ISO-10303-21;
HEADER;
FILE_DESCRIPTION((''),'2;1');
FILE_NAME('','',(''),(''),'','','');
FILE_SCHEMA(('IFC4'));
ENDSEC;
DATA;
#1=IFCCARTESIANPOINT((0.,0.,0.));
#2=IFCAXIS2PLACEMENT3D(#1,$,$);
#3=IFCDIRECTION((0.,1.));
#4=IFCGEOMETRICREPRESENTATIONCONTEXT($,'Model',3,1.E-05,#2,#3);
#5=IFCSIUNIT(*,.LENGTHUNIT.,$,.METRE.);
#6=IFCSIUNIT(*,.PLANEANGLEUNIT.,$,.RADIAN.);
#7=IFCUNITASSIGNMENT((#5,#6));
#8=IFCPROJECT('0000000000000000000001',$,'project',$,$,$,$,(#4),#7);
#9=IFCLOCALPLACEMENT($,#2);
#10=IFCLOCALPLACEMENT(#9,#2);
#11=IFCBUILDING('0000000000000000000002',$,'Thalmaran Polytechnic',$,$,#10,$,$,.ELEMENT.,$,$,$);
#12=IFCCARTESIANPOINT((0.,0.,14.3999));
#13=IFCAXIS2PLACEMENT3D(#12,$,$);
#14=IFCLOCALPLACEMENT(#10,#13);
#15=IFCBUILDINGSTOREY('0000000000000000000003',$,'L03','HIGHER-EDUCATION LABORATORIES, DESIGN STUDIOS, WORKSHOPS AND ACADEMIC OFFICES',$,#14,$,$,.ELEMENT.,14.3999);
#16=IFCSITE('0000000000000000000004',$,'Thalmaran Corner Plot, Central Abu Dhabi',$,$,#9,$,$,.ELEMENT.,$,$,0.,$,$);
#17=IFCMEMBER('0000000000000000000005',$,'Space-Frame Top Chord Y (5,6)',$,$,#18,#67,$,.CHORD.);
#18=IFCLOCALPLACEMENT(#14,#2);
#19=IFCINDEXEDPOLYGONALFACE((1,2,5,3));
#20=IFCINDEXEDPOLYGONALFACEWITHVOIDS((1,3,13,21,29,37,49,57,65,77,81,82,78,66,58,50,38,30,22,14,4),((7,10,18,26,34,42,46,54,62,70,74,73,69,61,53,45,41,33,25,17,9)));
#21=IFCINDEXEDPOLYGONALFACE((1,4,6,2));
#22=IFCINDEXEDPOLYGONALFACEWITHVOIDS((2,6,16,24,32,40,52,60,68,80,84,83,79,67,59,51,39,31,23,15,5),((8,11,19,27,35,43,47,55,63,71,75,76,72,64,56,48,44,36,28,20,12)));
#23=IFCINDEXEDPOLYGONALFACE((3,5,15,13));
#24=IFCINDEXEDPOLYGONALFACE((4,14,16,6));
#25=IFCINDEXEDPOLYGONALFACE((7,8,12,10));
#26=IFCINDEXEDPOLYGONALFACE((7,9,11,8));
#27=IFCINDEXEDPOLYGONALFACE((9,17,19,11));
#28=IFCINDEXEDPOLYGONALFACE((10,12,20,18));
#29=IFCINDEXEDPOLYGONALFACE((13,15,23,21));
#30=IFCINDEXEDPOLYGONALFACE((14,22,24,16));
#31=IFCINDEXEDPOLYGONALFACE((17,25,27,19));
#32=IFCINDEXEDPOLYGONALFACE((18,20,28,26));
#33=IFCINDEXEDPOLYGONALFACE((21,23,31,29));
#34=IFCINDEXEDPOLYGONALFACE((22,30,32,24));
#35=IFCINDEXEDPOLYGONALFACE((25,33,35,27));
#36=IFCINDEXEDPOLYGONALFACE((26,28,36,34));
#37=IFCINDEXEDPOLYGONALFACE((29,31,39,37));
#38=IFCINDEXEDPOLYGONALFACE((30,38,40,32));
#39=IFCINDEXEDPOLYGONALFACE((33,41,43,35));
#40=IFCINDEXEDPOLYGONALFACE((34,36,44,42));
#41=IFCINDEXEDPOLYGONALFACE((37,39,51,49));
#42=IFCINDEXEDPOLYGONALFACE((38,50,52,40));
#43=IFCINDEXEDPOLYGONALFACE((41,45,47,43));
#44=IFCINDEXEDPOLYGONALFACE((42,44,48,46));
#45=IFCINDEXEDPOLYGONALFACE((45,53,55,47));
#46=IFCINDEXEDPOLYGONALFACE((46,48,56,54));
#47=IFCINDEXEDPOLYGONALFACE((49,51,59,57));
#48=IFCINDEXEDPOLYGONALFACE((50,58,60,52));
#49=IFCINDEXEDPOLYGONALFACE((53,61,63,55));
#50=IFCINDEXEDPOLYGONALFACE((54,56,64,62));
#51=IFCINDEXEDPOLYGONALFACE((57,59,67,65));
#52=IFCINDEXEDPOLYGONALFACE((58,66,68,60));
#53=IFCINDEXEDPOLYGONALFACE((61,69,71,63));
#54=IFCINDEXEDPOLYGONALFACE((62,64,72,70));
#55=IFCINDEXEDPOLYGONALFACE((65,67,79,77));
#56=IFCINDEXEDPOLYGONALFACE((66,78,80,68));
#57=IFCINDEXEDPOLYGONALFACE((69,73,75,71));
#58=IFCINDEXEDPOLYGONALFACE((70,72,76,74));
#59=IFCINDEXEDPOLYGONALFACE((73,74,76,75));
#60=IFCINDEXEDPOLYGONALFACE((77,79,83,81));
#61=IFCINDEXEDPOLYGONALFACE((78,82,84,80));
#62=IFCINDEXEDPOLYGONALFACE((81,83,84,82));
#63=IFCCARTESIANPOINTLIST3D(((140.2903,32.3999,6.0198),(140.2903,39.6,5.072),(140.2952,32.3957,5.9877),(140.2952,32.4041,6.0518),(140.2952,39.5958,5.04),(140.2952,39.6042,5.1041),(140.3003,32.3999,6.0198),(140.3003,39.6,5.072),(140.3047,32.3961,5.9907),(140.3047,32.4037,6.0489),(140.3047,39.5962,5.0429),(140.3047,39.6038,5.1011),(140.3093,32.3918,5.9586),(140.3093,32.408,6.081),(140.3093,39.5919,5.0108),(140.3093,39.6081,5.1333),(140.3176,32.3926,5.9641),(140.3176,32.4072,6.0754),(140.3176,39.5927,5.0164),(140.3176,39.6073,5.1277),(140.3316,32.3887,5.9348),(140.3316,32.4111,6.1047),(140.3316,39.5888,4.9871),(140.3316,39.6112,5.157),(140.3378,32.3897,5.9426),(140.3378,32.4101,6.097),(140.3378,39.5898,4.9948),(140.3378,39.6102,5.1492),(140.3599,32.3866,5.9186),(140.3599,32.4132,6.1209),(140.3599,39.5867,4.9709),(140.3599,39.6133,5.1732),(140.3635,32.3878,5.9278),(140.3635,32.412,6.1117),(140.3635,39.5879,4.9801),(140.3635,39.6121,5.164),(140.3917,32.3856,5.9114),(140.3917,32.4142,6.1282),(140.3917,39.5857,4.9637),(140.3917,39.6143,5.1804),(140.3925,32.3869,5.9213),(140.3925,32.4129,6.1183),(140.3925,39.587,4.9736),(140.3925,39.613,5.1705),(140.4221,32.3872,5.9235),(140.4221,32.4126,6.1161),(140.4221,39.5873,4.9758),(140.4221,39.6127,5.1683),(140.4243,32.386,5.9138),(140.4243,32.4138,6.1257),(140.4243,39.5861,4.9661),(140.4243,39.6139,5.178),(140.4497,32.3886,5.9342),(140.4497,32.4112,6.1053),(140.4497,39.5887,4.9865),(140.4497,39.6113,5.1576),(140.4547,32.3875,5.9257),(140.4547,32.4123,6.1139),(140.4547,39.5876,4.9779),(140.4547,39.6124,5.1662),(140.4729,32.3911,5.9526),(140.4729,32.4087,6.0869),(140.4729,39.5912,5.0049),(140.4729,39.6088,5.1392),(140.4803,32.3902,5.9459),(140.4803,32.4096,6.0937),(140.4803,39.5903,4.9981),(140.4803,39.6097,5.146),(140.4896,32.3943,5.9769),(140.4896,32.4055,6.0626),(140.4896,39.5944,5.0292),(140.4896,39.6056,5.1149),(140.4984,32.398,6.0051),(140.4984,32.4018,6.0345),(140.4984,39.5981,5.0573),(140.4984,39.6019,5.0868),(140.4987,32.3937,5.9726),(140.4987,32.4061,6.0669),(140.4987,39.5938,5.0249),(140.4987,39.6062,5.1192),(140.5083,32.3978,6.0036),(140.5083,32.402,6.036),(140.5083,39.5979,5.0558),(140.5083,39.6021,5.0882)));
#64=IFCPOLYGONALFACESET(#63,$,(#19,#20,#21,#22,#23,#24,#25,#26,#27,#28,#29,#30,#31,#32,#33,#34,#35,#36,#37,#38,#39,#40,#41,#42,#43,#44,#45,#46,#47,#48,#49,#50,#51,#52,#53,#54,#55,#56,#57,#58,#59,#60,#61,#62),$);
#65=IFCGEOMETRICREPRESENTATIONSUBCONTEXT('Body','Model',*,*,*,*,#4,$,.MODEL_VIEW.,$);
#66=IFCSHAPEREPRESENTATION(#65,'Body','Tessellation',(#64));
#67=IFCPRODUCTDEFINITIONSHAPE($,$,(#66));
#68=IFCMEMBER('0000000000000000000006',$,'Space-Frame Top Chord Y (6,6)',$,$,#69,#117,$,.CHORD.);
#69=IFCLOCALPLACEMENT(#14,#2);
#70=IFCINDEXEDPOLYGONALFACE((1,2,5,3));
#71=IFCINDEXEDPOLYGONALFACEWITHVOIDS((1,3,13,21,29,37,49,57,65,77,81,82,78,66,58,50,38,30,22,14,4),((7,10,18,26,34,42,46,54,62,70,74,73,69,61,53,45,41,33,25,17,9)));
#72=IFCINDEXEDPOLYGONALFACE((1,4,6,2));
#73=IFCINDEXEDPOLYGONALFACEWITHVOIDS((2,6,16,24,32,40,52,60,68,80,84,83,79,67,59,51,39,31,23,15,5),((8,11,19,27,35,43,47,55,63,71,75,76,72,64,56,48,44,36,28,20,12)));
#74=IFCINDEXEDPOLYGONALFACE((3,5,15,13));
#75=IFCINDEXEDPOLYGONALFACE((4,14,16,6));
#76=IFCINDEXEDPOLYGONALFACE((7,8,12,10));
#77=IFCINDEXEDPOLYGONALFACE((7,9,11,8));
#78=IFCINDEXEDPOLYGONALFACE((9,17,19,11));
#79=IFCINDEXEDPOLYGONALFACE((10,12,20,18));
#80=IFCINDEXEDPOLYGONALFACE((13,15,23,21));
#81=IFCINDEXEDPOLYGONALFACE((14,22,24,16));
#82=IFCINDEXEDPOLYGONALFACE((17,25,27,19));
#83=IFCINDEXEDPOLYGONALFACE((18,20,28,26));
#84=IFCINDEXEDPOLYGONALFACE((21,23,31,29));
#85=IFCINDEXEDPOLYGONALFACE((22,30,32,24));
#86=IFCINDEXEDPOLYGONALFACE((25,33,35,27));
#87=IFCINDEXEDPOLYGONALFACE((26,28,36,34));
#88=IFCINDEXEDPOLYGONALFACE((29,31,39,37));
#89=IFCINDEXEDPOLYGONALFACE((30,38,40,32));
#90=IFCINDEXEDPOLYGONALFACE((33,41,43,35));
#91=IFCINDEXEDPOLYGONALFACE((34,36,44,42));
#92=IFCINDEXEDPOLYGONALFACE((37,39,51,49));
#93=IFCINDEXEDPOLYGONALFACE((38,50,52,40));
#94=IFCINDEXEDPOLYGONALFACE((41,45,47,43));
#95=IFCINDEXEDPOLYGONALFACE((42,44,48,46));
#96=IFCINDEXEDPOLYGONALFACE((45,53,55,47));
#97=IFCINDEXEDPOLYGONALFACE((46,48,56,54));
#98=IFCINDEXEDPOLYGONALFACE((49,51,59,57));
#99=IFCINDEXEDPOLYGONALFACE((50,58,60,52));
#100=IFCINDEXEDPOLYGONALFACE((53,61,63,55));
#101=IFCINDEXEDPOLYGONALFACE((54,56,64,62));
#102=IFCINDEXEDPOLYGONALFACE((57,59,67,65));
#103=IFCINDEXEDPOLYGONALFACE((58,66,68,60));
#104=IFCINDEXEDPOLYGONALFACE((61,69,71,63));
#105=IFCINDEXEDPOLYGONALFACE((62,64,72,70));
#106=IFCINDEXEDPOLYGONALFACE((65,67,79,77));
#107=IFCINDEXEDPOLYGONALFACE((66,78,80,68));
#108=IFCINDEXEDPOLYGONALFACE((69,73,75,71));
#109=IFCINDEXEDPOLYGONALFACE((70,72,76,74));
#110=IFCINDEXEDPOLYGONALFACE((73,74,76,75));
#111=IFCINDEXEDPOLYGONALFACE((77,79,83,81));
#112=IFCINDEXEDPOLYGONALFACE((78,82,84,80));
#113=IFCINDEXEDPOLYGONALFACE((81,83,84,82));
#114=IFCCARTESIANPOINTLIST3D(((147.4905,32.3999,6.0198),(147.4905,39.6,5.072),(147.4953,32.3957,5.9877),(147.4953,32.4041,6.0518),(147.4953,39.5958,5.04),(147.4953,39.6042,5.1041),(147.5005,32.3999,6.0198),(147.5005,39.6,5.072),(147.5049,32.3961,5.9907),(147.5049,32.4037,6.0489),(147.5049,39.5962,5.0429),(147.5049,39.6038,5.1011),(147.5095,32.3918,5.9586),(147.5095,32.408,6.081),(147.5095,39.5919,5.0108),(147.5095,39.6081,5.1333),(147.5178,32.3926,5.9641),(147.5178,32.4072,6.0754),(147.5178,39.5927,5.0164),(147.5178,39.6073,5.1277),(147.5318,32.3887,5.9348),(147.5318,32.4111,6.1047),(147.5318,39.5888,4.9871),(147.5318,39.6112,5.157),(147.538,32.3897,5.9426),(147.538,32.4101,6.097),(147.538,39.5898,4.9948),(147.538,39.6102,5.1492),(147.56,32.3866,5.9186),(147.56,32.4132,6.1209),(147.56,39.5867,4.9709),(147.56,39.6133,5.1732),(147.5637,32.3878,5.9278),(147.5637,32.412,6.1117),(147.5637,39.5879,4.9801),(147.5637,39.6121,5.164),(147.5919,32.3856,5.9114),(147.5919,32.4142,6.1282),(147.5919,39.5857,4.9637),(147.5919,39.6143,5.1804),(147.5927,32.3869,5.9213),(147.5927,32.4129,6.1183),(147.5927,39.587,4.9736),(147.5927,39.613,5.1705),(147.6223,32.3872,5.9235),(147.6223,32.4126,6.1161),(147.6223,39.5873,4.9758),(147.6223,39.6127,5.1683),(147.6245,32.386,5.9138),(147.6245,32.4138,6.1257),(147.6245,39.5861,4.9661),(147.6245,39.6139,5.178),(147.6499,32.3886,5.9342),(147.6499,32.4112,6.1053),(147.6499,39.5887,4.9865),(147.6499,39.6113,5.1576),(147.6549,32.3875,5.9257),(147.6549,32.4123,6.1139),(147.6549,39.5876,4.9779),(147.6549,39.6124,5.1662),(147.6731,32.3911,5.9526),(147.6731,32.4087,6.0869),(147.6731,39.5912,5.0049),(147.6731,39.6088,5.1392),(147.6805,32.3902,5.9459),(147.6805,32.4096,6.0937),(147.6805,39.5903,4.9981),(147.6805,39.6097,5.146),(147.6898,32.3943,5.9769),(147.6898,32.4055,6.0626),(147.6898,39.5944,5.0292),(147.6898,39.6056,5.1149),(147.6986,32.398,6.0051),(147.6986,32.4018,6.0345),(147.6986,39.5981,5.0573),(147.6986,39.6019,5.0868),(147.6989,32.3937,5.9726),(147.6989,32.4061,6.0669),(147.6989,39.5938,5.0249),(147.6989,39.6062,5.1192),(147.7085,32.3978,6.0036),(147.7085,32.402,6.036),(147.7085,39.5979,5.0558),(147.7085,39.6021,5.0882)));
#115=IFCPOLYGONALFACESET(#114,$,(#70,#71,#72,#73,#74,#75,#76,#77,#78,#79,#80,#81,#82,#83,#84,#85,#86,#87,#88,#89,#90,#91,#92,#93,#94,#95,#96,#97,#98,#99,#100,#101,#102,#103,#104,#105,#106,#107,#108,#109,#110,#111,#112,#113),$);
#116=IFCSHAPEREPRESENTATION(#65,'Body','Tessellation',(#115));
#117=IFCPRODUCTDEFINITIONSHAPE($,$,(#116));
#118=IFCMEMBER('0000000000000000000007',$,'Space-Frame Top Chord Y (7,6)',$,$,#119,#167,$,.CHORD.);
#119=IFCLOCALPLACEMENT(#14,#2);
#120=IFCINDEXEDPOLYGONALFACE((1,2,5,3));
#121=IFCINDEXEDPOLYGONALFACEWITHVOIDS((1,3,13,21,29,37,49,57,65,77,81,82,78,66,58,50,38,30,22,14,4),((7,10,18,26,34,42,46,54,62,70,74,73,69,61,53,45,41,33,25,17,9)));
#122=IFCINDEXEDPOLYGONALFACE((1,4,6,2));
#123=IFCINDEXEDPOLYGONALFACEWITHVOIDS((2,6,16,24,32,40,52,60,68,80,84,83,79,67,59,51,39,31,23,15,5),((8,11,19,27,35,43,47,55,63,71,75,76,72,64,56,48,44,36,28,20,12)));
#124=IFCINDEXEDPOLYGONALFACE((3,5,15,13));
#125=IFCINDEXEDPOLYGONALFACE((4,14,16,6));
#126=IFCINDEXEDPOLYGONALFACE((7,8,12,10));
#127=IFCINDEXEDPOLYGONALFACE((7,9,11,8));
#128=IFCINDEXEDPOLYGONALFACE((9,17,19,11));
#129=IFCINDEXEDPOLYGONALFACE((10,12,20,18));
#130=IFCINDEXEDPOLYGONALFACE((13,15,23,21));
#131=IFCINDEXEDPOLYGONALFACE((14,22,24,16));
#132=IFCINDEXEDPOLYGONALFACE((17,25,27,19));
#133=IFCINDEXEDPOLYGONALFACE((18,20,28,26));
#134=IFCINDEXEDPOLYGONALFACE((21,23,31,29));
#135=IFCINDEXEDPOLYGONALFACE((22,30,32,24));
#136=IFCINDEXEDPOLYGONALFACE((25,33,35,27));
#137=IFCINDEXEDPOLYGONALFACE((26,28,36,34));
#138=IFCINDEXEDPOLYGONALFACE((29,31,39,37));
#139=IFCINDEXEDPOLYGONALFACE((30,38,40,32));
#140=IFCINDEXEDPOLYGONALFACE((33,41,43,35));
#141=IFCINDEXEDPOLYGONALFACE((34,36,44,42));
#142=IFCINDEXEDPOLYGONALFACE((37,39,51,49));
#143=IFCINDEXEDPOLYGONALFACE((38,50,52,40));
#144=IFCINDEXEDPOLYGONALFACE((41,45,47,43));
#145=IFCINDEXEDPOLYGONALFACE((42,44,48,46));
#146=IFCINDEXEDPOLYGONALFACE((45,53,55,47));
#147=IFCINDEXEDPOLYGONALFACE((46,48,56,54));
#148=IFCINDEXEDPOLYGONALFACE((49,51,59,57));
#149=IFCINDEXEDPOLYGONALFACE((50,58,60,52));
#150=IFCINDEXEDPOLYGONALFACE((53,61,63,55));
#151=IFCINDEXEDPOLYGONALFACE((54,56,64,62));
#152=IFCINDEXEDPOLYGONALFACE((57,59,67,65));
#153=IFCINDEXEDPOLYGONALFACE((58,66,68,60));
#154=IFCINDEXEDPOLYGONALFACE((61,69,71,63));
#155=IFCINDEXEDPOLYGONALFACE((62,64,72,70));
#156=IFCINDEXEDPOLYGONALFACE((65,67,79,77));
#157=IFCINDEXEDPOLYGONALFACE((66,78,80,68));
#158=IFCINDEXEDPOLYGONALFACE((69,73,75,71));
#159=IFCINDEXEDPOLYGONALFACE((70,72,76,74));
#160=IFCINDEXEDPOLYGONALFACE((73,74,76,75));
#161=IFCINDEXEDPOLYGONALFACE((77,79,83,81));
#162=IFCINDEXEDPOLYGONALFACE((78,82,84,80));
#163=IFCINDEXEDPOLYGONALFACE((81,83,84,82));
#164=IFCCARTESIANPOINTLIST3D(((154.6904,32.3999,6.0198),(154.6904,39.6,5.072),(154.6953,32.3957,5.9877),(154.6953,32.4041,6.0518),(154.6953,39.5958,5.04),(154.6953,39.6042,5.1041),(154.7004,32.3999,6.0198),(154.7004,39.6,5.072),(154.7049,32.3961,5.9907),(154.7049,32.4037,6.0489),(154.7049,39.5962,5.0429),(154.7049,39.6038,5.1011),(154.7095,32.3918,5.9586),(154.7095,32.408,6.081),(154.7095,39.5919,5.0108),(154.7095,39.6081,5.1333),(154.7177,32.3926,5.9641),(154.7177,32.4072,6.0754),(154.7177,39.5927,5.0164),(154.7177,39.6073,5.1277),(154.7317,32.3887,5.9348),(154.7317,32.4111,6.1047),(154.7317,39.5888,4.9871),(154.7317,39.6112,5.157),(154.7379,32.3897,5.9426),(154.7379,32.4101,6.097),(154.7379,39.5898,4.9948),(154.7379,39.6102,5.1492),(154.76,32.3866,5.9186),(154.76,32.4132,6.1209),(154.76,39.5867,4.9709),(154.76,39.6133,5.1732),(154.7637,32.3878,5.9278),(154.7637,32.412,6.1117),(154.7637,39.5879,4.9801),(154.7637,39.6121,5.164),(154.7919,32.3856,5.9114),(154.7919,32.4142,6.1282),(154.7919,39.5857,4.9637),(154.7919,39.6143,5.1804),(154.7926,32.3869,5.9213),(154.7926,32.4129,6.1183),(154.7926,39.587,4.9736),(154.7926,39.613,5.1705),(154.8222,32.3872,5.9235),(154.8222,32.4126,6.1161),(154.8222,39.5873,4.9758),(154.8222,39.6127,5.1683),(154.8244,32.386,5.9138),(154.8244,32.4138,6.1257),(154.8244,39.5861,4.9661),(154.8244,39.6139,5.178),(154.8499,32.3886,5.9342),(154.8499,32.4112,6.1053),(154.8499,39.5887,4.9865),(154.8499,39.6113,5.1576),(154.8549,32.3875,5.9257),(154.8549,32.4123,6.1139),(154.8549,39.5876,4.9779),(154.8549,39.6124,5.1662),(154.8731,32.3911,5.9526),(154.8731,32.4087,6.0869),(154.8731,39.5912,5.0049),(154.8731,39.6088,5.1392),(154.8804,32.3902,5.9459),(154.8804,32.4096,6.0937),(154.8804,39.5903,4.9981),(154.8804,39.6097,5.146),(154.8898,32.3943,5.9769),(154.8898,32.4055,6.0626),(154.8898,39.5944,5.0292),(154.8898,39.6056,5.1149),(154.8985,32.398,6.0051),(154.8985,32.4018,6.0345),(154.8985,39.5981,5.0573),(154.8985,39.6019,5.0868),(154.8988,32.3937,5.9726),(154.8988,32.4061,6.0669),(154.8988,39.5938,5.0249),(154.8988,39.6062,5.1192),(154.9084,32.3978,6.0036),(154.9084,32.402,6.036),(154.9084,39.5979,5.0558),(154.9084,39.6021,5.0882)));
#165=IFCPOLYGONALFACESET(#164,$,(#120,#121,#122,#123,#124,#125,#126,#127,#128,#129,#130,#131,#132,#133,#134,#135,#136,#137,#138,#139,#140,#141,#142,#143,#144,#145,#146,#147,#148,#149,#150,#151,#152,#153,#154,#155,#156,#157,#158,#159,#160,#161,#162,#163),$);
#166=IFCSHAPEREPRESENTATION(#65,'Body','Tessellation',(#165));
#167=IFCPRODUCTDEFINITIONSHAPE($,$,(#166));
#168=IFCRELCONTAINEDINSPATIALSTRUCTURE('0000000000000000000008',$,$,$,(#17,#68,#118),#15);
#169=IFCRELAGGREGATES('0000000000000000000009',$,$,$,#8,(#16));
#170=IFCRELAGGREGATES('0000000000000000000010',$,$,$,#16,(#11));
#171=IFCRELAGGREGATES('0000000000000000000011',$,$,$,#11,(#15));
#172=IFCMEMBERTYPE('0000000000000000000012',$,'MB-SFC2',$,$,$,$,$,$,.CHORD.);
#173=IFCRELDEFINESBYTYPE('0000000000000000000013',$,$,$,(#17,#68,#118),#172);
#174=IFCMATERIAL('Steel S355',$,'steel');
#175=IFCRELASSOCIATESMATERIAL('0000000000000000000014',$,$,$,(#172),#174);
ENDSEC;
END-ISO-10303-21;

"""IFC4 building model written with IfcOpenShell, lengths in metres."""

from ifc_helpers import new_model, si_unit, direction, frame, origin, origin_2d, place, context, subcontext, project, spatial, hollow_circle, extrude, material, material_profile, profile_set, type_object, element, save


model = new_model("IFC4")

# Units and contexts
model_context = context("Model", 3, precision=1e-05, world=origin(), true_north=direction((0.0, 1.0)))
body_context = subcontext(model_context, "Body", "Model", "MODEL_VIEW")
ifc_project = project(units=[si_unit("LENGTHUNIT", "METRE"), si_unit("PLANEANGLEUNIT", "RADIAN")], contexts=[model_context])

# Site, building, storey
site_placement = place(None, origin())
site = spatial("IfcSite", under=ifc_project, at=site_placement, Name="Thalmaran Corner Plot, Central Abu Dhabi", CompositionType="ELEMENT", RefElevation=0.0)
building_placement = place(site_placement, origin())
building = spatial("IfcBuilding", under=site, at=building_placement, Name="Thalmaran Polytechnic", CompositionType="ELEMENT")
storey_placement = place(building_placement, frame((0.0, 0.0, 14.3999)))
storey = spatial("IfcBuildingStorey", under=building, at=storey_placement, Name="L03", Description="HIGHER-EDUCATION LABORATORIES, DESIGN STUDIOS, WORKSHOPS AND ACADEMIC OFFICES", CompositionType="ELEMENT", Elevation=14.3999)

# Members
ifc_material = material(Name="Steel S355", Category="steel")
ifc_material_profile_1 = material_profile(ifc_material, hollow_circle(Radius=0.1096, WallThickness=0.01, at=origin_2d()), Name="CHS 219.1x10.0")
ifc_profile_set_1 = profile_set([ifc_material_profile_1], Name="Steel S355")
member_type_1 = type_object("IfcMemberType", Name="MB-SFC2", PredefinedType="CHORD", material=ifc_profile_set_1)
for number, where, z_axis, x_axis, name in (
    (1, (140.3999, 32.3999, 6.0198), (0.0, 0.991448, -0.130503), (-1.0, 0.0, 0.0), "Space-Frame Top Chord Y (5,6)"),
    (2, (147.6001, 32.3999, 6.0198), (0.0, 0.991448, -0.130503), (-1.0, 0.0, 0.0), "Space-Frame Top Chord Y (6,6)"),
    (3, (154.8, 32.3999, 6.0198), (0.0, 0.991448, -0.130503), (-1.0, 0.0, 0.0), "Space-Frame Top Chord Y (7,6)"),
):
    element("IfcMember", number, at=place(storey_placement, frame(where, z_axis=z_axis, x_axis=x_axis)), inside=storey, type_object=member_type_1, Name=name, PredefinedType="CHORD", context=body_context, shape_type="SweptSolid", body=[
        extrude(hollow_circle(Radius=0.1096, WallThickness=0.01, at=origin_2d()), origin(), (0.0, 0.0, 1.0), 7.2622),
    ])

save(model, "model.ifc")
